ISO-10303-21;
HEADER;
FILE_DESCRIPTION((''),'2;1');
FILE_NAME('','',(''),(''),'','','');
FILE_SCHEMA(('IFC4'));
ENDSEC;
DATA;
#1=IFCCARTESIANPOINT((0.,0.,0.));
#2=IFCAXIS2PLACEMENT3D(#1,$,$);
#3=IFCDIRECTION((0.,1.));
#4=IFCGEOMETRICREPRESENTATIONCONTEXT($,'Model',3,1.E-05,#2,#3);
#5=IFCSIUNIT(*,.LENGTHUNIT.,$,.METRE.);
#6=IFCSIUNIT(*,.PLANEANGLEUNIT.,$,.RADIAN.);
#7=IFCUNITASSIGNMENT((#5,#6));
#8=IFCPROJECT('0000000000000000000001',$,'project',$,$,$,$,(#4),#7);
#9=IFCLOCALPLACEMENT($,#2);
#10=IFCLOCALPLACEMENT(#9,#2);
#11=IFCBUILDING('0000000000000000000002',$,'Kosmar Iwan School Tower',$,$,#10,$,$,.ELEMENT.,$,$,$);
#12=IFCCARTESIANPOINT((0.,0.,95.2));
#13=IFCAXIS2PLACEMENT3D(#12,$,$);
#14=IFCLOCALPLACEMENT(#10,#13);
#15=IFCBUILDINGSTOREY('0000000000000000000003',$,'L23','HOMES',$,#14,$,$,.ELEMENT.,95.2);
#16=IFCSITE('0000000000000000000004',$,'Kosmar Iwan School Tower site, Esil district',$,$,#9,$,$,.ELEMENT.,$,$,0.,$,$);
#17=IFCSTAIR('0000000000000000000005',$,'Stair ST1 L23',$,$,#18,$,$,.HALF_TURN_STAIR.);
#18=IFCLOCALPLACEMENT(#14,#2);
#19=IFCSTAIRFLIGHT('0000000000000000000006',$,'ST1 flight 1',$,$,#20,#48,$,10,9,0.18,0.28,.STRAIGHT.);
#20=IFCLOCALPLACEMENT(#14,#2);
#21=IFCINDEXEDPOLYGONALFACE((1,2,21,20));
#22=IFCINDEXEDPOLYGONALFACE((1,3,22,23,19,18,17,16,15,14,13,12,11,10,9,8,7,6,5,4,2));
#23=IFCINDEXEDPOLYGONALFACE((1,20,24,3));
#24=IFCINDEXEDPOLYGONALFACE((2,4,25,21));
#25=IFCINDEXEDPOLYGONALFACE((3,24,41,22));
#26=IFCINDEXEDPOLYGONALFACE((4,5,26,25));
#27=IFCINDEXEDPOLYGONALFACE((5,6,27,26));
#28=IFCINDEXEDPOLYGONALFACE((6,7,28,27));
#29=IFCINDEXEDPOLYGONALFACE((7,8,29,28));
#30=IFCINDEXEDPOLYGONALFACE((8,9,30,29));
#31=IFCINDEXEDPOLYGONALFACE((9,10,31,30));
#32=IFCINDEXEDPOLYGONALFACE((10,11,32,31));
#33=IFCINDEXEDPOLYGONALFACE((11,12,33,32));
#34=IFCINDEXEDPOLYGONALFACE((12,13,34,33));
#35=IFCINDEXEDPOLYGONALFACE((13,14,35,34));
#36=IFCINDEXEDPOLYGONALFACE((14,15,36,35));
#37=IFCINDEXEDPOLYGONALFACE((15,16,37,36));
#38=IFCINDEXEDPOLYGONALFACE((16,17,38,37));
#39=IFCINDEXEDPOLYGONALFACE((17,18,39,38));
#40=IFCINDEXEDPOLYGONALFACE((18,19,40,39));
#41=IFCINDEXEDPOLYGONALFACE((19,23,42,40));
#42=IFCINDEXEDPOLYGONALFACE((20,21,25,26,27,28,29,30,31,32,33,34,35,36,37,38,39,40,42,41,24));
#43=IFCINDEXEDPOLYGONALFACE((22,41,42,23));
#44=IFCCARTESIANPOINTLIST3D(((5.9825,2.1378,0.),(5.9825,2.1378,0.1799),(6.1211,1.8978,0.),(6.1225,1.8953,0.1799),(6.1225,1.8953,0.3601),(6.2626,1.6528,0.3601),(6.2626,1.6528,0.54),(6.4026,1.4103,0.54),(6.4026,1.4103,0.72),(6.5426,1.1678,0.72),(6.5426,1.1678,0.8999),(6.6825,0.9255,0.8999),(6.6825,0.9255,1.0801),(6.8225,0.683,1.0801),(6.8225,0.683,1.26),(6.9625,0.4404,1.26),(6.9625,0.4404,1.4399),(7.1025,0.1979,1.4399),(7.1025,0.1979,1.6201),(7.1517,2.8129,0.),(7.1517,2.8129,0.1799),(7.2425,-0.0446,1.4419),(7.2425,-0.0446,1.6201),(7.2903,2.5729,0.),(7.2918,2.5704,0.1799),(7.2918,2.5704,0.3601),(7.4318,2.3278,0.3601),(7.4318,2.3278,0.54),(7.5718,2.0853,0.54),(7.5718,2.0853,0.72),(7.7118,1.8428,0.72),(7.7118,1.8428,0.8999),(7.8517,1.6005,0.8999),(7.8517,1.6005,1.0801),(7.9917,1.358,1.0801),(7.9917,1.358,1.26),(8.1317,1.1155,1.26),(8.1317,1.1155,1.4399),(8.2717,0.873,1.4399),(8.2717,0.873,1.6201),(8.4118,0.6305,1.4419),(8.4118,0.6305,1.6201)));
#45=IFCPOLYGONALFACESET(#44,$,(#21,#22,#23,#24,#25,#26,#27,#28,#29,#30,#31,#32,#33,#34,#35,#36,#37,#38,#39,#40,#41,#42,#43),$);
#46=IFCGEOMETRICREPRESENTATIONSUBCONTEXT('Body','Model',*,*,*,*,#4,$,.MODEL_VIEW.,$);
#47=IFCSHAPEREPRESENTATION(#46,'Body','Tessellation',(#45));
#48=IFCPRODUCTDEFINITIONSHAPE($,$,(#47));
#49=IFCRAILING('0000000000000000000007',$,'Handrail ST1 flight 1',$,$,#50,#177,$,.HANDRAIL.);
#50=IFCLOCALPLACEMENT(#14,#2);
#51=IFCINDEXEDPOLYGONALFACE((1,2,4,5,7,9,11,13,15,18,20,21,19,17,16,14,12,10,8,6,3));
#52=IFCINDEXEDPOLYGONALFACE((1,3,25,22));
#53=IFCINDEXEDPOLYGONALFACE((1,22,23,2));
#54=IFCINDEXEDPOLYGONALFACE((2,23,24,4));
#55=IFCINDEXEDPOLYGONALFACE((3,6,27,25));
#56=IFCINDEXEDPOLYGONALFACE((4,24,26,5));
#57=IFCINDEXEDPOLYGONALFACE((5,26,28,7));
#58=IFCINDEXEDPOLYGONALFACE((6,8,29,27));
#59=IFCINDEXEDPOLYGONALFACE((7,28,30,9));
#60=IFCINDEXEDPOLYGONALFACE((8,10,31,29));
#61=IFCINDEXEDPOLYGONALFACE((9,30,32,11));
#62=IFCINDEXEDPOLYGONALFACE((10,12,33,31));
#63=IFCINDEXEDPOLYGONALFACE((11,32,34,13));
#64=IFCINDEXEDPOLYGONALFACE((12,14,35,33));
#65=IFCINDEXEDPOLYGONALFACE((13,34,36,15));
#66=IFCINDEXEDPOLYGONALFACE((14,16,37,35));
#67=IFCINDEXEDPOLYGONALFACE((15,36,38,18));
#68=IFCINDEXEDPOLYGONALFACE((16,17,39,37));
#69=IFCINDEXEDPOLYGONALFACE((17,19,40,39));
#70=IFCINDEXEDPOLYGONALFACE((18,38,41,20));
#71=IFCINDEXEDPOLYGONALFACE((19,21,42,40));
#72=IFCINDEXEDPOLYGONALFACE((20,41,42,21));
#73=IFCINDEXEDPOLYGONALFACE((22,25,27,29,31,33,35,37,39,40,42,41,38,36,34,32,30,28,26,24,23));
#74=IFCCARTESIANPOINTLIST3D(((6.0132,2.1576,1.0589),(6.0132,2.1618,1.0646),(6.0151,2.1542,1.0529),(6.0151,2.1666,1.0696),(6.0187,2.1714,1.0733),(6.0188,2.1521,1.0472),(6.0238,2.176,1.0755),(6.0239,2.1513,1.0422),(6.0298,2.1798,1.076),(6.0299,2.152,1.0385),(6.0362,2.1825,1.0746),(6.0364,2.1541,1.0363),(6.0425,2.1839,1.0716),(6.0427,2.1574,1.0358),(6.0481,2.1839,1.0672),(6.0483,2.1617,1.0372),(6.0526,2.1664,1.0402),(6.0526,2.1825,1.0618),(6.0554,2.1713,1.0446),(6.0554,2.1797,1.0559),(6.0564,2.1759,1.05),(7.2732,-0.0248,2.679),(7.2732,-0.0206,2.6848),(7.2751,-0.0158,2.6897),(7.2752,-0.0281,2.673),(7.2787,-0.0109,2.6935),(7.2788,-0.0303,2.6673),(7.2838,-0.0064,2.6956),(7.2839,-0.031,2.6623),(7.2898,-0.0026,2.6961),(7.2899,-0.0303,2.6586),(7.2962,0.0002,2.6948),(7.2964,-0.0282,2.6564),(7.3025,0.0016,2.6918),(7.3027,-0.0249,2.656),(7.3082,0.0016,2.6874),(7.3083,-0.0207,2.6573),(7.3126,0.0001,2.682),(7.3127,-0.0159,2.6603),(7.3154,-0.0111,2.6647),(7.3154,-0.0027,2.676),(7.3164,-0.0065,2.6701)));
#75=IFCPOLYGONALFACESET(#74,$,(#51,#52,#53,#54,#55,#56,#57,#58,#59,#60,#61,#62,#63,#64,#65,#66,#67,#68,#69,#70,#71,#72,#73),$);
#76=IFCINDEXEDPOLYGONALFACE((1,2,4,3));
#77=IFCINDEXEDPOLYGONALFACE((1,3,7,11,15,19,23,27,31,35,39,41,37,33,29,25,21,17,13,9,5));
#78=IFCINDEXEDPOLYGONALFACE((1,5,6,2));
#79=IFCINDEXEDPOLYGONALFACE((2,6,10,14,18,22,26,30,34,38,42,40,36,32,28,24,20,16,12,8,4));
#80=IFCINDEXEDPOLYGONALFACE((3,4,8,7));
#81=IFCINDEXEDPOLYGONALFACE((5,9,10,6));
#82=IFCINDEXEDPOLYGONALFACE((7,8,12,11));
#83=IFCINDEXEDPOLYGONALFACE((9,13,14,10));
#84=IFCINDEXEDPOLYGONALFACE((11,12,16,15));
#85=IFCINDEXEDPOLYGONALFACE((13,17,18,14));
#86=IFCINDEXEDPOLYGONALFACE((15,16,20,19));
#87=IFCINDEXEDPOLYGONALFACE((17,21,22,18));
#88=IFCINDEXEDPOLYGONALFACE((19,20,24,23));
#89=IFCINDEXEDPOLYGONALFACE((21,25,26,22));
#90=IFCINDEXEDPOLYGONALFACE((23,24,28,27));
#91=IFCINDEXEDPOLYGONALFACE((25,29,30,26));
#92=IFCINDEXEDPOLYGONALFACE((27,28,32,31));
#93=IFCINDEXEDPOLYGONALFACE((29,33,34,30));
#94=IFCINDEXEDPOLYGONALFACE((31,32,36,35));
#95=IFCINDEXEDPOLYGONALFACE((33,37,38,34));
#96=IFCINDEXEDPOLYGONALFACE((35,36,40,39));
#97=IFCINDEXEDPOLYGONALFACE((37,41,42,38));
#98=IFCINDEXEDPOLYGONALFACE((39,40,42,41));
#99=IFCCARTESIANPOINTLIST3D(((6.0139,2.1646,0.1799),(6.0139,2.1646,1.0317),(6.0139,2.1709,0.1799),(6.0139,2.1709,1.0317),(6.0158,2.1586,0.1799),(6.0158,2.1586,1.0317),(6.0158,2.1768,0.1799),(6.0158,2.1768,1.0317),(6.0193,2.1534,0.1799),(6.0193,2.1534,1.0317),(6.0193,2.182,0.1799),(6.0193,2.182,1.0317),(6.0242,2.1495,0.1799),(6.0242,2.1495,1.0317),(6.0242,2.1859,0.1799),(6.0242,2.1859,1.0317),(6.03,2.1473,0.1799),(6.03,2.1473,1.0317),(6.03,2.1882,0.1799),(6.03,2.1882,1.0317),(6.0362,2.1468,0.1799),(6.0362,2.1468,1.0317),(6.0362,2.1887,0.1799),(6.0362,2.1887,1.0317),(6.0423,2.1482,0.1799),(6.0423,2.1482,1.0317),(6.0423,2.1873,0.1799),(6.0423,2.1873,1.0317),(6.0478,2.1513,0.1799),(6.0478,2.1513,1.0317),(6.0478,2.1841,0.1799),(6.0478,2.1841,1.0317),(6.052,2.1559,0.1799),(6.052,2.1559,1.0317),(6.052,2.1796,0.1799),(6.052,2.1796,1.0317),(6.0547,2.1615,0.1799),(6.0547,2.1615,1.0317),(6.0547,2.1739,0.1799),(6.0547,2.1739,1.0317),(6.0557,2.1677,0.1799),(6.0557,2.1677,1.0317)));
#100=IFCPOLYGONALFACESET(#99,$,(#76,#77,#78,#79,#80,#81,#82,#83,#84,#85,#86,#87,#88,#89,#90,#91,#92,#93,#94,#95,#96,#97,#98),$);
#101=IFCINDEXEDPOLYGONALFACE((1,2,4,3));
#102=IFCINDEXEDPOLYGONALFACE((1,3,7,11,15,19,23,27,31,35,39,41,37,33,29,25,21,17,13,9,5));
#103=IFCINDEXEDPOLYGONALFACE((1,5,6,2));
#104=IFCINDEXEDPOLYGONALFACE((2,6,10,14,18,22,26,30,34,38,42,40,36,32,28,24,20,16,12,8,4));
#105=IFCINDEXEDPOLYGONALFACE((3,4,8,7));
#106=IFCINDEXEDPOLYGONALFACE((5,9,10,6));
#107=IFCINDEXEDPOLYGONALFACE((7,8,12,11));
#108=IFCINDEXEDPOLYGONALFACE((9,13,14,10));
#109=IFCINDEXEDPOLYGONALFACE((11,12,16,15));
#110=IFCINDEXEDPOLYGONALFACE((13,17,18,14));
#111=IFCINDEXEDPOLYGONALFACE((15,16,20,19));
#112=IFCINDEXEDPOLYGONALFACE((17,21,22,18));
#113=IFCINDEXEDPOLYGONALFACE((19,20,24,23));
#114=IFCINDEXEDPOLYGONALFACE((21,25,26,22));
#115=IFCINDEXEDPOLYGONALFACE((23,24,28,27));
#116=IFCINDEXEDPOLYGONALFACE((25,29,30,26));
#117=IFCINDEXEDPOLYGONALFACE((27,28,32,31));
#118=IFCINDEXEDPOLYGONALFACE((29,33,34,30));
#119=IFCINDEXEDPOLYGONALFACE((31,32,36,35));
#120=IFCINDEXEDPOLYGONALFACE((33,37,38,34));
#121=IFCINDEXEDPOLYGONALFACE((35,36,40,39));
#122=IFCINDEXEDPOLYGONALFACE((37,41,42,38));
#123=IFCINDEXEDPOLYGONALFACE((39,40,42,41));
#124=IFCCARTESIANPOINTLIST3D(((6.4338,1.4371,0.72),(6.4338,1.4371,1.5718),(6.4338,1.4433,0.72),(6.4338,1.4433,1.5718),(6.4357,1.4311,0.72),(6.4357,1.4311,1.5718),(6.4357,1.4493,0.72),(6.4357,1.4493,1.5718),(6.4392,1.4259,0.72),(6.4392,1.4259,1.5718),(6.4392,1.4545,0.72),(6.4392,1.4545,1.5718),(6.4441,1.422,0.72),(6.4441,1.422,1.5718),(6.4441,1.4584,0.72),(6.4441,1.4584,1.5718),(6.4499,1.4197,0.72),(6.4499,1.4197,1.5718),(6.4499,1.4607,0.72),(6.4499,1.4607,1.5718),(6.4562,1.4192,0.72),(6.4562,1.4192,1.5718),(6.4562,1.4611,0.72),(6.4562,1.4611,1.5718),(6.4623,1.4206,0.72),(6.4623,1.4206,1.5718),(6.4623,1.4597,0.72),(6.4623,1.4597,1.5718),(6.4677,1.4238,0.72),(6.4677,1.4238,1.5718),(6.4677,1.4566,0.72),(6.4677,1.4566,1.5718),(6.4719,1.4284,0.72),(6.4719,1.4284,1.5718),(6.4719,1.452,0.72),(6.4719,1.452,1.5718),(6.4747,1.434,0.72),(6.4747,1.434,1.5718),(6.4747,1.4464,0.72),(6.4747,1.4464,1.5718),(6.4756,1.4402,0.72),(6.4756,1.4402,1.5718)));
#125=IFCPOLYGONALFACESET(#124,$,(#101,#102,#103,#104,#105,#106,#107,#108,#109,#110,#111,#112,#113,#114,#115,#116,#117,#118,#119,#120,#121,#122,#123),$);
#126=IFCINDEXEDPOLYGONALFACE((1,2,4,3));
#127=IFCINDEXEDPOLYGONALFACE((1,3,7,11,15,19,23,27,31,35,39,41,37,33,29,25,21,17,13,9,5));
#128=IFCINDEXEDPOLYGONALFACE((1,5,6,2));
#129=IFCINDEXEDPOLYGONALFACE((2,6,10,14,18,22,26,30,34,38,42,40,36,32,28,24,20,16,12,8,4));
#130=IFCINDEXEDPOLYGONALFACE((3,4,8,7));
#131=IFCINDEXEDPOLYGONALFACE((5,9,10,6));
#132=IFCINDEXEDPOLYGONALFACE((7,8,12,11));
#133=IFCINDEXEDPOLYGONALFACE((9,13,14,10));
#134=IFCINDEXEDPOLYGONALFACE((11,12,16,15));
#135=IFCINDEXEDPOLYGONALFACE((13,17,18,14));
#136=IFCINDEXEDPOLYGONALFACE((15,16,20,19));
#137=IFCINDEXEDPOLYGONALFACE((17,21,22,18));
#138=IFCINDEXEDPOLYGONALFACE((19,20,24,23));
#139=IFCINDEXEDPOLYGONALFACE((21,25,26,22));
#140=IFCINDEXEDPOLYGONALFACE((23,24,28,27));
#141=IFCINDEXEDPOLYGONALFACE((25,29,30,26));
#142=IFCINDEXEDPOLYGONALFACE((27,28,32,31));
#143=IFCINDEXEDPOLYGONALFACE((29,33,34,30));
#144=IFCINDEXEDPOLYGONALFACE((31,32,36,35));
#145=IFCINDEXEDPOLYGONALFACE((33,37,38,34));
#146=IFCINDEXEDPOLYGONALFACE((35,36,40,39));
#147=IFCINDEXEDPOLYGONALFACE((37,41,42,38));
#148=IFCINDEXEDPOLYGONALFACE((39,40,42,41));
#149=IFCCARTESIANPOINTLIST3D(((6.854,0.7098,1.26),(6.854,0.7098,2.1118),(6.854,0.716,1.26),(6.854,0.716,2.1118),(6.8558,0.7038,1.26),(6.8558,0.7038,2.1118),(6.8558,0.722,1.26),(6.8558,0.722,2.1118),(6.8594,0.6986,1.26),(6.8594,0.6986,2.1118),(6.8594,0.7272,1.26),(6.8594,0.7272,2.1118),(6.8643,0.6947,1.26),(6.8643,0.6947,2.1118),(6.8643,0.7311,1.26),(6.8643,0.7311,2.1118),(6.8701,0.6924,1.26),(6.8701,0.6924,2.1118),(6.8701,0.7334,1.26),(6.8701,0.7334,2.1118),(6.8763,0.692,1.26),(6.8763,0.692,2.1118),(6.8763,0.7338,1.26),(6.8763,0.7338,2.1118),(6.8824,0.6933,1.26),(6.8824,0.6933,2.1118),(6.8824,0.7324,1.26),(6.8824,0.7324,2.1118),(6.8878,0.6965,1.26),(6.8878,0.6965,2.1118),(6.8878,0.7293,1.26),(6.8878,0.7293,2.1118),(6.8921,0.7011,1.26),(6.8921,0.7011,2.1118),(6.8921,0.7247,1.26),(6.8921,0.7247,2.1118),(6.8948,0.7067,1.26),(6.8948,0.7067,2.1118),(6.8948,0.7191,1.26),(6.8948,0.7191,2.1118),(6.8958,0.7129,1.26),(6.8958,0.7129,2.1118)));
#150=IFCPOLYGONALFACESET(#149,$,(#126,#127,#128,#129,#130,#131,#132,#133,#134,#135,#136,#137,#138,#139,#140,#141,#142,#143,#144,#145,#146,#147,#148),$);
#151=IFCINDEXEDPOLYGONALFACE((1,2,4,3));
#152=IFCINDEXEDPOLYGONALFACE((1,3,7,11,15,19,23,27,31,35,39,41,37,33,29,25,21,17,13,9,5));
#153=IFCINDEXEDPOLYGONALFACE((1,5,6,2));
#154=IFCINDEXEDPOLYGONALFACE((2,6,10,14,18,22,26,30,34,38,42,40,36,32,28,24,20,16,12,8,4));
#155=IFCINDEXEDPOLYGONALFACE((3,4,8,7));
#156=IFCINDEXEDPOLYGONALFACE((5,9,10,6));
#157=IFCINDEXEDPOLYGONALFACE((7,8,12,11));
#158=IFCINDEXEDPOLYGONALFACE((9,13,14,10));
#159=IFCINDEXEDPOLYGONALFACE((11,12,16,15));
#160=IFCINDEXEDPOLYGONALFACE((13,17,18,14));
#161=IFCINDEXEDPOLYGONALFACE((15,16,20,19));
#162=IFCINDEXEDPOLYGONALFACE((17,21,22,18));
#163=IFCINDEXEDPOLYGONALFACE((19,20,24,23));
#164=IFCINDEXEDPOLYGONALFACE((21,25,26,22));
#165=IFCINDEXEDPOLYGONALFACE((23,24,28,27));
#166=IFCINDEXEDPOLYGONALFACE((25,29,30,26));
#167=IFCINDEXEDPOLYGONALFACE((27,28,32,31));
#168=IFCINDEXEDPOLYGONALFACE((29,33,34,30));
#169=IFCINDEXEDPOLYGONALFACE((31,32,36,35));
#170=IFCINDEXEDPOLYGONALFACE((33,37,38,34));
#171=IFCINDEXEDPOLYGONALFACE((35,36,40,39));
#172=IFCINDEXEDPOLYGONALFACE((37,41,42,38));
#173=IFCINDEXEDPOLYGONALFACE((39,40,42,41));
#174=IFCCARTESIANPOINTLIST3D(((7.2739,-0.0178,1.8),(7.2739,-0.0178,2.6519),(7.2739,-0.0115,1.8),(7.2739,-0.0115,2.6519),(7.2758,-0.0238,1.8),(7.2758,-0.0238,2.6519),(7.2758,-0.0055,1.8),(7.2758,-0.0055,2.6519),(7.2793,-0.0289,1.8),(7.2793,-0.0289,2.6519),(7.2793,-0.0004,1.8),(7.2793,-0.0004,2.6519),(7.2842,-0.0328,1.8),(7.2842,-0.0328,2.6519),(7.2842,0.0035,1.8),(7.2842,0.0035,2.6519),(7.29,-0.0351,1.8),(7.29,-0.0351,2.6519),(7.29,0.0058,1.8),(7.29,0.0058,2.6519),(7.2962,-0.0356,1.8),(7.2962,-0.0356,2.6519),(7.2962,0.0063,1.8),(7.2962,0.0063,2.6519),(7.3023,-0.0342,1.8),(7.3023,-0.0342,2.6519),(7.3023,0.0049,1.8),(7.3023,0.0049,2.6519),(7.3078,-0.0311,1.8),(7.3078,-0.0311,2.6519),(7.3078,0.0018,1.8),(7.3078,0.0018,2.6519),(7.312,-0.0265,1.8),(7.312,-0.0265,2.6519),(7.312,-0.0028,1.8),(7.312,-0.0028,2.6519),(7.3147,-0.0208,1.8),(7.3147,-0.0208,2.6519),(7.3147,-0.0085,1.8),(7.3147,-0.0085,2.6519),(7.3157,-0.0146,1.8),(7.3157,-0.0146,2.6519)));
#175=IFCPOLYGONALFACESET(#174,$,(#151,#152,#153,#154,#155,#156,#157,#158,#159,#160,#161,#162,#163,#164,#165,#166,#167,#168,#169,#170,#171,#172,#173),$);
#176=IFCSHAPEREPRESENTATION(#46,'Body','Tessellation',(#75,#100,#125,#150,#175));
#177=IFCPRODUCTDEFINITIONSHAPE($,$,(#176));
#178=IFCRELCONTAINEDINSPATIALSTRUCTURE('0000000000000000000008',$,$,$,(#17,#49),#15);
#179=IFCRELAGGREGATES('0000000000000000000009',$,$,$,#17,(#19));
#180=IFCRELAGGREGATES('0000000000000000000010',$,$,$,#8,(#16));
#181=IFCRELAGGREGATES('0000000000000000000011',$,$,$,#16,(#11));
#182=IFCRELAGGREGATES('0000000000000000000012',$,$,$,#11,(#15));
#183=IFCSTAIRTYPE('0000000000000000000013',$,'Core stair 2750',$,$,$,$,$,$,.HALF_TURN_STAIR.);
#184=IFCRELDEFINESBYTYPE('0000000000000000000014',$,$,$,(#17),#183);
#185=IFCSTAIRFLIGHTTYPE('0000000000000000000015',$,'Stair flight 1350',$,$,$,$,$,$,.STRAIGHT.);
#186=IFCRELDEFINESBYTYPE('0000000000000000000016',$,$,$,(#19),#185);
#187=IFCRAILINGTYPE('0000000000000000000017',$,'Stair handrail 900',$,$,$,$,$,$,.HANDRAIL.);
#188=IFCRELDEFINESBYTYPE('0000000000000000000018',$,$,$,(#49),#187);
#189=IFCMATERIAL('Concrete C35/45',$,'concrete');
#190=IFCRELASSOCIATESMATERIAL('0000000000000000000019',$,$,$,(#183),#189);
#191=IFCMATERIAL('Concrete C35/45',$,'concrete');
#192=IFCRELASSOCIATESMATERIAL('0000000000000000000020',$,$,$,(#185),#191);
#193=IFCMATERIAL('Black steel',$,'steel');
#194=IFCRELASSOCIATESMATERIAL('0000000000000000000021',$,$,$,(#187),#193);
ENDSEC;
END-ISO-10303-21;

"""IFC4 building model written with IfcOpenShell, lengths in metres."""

from ifc_helpers import new_model, si_unit, direction, frame, origin, origin_2d, place, context, subcontext, project, spatial, polyline, circle, outline, extrude, material, type_object, element, aggregate, save


model = new_model("IFC4")

# Units and contexts
model_context = context("Model", 3, precision=1e-05, world=origin(), true_north=direction((0.0, 1.0)))
body_context = subcontext(model_context, "Body", "Model", "MODEL_VIEW")
ifc_project = project(units=[si_unit("LENGTHUNIT", "METRE"), si_unit("PLANEANGLEUNIT", "RADIAN")], contexts=[model_context])

# Site, building, storey
site_placement = place(None, origin())
site = spatial("IfcSite", under=ifc_project, at=site_placement, Name="Kosmar Iwan School Tower site, Esil district", CompositionType="ELEMENT", RefElevation=0.0)
building_placement = place(site_placement, origin())
building = spatial("IfcBuilding", under=site, at=building_placement, Name="Kosmar Iwan School Tower", CompositionType="ELEMENT")
storey_placement = place(building_placement, frame((0.0, 0.0, 95.2)))
storey = spatial("IfcBuildingStorey", under=building, at=storey_placement, Name="L23", Description="HOMES", CompositionType="ELEMENT", Elevation=95.2)

# Stair, stair flight
ifc_material_1 = material(Name="Concrete C35/45", Category="concrete")
stair_type = type_object("IfcStairType", Name="Core stair 2750", PredefinedType="HALF_TURN_STAIR", material=ifc_material_1)
stair_placement = place(storey_placement, origin())
stair = element("IfcStair", 1, at=stair_placement, inside=storey, type_object=stair_type, Name="Stair ST1 L23", PredefinedType="HALF_TURN_STAIR")
ifc_material_2 = material(Name="Concrete C35/45", Category="concrete")
stair_flight_type = type_object("IfcStairFlightType", Name="Stair flight 1350", PredefinedType="STRAIGHT", material=ifc_material_2)
stair_flight_placement = place(storey_placement, frame((6.5671, 2.4753, 0.0), z_axis=(0.0, 0.0, 1.0), x_axis=(0.5, -0.866025, 0.0)))
stair_flight = element("IfcStairFlight", 2, at=stair_flight_placement, type_object=stair_flight_type, Name="ST1 flight 1", NumberOfRisers=10, NumberOfTreads=9, PredefinedType="STRAIGHT", RiserHeight=0.18, TreadLength=0.28, context=body_context, shape_type="SweptSolid", body=[
    extrude(outline(polyline([(0.0, 0.0), (0.0, 0.1799), (0.28, 0.1799), (0.28, 0.3601), (0.5601, 0.3601), (0.5601, 0.54), (0.8401, 0.54), (0.8401, 0.72), (1.1201, 0.72), (1.1201, 0.8999), (1.3999, 0.8999), (1.3999, 1.0801), (1.6799, 1.0801), (1.6799, 1.26), (1.96, 1.26), (1.96, 1.4399), (2.24, 1.4399), (2.24, 1.6201), (2.52, 1.6201), (2.52, 1.8), (2.52, 1.4419), (0.2771, 0.0), (0.0, 0.0)])), frame((0.0, 0.675, 0.0), z_axis=(0.0, -1.0, 0.0), x_axis=(1.0, 0.0, 0.0)), (0.0, 0.0, 1.0), 1.3501),
])
aggregate(stair, [stair_flight])

# Railing
ifc_material_3 = material(Name="Black steel", Category="steel")
railing_type = type_object("IfcRailingType", Name="Stair handrail 900", PredefinedType="HANDRAIL", material=ifc_material_3)
railing_placement = place(storey_placement, frame((6.0347, 2.1677, 0.1799)))
element("IfcRailing", 3, at=railing_placement, inside=storey, type_object=railing_type, Name="Handrail ST1 flight 1", PredefinedType="HANDRAIL", context=body_context, shape_type="SweptSolid", body=[
    extrude(circle(Radius=0.0239, at=origin_2d()), frame((0.0, 0.0, 0.876), z_axis=(0.420584, -0.728464, 0.540786), x_axis=(0.866023, 0.500005, 0.0)), (0.0, 0.0, 1.0), 2.9958),
    extrude(circle(Radius=0.021, at=origin_2d()), origin(), (0.0, 0.0, 1.0), 0.8518),
    extrude(circle(Radius=0.021, at=origin_2d()), frame((0.4199, -0.7275, 0.54)), (0.0, 0.0, 1.0), 0.8518),
    extrude(circle(Radius=0.021, at=origin_2d()), frame((0.8401, -1.4548, 1.0801)), (0.0, 0.0, 1.0), 0.8518),
    extrude(circle(Radius=0.021, at=origin_2d()), frame((1.26, -2.1824, 1.6201)), (0.0, 0.0, 1.0), 0.8518),
])

save(model, "model.ifc")
